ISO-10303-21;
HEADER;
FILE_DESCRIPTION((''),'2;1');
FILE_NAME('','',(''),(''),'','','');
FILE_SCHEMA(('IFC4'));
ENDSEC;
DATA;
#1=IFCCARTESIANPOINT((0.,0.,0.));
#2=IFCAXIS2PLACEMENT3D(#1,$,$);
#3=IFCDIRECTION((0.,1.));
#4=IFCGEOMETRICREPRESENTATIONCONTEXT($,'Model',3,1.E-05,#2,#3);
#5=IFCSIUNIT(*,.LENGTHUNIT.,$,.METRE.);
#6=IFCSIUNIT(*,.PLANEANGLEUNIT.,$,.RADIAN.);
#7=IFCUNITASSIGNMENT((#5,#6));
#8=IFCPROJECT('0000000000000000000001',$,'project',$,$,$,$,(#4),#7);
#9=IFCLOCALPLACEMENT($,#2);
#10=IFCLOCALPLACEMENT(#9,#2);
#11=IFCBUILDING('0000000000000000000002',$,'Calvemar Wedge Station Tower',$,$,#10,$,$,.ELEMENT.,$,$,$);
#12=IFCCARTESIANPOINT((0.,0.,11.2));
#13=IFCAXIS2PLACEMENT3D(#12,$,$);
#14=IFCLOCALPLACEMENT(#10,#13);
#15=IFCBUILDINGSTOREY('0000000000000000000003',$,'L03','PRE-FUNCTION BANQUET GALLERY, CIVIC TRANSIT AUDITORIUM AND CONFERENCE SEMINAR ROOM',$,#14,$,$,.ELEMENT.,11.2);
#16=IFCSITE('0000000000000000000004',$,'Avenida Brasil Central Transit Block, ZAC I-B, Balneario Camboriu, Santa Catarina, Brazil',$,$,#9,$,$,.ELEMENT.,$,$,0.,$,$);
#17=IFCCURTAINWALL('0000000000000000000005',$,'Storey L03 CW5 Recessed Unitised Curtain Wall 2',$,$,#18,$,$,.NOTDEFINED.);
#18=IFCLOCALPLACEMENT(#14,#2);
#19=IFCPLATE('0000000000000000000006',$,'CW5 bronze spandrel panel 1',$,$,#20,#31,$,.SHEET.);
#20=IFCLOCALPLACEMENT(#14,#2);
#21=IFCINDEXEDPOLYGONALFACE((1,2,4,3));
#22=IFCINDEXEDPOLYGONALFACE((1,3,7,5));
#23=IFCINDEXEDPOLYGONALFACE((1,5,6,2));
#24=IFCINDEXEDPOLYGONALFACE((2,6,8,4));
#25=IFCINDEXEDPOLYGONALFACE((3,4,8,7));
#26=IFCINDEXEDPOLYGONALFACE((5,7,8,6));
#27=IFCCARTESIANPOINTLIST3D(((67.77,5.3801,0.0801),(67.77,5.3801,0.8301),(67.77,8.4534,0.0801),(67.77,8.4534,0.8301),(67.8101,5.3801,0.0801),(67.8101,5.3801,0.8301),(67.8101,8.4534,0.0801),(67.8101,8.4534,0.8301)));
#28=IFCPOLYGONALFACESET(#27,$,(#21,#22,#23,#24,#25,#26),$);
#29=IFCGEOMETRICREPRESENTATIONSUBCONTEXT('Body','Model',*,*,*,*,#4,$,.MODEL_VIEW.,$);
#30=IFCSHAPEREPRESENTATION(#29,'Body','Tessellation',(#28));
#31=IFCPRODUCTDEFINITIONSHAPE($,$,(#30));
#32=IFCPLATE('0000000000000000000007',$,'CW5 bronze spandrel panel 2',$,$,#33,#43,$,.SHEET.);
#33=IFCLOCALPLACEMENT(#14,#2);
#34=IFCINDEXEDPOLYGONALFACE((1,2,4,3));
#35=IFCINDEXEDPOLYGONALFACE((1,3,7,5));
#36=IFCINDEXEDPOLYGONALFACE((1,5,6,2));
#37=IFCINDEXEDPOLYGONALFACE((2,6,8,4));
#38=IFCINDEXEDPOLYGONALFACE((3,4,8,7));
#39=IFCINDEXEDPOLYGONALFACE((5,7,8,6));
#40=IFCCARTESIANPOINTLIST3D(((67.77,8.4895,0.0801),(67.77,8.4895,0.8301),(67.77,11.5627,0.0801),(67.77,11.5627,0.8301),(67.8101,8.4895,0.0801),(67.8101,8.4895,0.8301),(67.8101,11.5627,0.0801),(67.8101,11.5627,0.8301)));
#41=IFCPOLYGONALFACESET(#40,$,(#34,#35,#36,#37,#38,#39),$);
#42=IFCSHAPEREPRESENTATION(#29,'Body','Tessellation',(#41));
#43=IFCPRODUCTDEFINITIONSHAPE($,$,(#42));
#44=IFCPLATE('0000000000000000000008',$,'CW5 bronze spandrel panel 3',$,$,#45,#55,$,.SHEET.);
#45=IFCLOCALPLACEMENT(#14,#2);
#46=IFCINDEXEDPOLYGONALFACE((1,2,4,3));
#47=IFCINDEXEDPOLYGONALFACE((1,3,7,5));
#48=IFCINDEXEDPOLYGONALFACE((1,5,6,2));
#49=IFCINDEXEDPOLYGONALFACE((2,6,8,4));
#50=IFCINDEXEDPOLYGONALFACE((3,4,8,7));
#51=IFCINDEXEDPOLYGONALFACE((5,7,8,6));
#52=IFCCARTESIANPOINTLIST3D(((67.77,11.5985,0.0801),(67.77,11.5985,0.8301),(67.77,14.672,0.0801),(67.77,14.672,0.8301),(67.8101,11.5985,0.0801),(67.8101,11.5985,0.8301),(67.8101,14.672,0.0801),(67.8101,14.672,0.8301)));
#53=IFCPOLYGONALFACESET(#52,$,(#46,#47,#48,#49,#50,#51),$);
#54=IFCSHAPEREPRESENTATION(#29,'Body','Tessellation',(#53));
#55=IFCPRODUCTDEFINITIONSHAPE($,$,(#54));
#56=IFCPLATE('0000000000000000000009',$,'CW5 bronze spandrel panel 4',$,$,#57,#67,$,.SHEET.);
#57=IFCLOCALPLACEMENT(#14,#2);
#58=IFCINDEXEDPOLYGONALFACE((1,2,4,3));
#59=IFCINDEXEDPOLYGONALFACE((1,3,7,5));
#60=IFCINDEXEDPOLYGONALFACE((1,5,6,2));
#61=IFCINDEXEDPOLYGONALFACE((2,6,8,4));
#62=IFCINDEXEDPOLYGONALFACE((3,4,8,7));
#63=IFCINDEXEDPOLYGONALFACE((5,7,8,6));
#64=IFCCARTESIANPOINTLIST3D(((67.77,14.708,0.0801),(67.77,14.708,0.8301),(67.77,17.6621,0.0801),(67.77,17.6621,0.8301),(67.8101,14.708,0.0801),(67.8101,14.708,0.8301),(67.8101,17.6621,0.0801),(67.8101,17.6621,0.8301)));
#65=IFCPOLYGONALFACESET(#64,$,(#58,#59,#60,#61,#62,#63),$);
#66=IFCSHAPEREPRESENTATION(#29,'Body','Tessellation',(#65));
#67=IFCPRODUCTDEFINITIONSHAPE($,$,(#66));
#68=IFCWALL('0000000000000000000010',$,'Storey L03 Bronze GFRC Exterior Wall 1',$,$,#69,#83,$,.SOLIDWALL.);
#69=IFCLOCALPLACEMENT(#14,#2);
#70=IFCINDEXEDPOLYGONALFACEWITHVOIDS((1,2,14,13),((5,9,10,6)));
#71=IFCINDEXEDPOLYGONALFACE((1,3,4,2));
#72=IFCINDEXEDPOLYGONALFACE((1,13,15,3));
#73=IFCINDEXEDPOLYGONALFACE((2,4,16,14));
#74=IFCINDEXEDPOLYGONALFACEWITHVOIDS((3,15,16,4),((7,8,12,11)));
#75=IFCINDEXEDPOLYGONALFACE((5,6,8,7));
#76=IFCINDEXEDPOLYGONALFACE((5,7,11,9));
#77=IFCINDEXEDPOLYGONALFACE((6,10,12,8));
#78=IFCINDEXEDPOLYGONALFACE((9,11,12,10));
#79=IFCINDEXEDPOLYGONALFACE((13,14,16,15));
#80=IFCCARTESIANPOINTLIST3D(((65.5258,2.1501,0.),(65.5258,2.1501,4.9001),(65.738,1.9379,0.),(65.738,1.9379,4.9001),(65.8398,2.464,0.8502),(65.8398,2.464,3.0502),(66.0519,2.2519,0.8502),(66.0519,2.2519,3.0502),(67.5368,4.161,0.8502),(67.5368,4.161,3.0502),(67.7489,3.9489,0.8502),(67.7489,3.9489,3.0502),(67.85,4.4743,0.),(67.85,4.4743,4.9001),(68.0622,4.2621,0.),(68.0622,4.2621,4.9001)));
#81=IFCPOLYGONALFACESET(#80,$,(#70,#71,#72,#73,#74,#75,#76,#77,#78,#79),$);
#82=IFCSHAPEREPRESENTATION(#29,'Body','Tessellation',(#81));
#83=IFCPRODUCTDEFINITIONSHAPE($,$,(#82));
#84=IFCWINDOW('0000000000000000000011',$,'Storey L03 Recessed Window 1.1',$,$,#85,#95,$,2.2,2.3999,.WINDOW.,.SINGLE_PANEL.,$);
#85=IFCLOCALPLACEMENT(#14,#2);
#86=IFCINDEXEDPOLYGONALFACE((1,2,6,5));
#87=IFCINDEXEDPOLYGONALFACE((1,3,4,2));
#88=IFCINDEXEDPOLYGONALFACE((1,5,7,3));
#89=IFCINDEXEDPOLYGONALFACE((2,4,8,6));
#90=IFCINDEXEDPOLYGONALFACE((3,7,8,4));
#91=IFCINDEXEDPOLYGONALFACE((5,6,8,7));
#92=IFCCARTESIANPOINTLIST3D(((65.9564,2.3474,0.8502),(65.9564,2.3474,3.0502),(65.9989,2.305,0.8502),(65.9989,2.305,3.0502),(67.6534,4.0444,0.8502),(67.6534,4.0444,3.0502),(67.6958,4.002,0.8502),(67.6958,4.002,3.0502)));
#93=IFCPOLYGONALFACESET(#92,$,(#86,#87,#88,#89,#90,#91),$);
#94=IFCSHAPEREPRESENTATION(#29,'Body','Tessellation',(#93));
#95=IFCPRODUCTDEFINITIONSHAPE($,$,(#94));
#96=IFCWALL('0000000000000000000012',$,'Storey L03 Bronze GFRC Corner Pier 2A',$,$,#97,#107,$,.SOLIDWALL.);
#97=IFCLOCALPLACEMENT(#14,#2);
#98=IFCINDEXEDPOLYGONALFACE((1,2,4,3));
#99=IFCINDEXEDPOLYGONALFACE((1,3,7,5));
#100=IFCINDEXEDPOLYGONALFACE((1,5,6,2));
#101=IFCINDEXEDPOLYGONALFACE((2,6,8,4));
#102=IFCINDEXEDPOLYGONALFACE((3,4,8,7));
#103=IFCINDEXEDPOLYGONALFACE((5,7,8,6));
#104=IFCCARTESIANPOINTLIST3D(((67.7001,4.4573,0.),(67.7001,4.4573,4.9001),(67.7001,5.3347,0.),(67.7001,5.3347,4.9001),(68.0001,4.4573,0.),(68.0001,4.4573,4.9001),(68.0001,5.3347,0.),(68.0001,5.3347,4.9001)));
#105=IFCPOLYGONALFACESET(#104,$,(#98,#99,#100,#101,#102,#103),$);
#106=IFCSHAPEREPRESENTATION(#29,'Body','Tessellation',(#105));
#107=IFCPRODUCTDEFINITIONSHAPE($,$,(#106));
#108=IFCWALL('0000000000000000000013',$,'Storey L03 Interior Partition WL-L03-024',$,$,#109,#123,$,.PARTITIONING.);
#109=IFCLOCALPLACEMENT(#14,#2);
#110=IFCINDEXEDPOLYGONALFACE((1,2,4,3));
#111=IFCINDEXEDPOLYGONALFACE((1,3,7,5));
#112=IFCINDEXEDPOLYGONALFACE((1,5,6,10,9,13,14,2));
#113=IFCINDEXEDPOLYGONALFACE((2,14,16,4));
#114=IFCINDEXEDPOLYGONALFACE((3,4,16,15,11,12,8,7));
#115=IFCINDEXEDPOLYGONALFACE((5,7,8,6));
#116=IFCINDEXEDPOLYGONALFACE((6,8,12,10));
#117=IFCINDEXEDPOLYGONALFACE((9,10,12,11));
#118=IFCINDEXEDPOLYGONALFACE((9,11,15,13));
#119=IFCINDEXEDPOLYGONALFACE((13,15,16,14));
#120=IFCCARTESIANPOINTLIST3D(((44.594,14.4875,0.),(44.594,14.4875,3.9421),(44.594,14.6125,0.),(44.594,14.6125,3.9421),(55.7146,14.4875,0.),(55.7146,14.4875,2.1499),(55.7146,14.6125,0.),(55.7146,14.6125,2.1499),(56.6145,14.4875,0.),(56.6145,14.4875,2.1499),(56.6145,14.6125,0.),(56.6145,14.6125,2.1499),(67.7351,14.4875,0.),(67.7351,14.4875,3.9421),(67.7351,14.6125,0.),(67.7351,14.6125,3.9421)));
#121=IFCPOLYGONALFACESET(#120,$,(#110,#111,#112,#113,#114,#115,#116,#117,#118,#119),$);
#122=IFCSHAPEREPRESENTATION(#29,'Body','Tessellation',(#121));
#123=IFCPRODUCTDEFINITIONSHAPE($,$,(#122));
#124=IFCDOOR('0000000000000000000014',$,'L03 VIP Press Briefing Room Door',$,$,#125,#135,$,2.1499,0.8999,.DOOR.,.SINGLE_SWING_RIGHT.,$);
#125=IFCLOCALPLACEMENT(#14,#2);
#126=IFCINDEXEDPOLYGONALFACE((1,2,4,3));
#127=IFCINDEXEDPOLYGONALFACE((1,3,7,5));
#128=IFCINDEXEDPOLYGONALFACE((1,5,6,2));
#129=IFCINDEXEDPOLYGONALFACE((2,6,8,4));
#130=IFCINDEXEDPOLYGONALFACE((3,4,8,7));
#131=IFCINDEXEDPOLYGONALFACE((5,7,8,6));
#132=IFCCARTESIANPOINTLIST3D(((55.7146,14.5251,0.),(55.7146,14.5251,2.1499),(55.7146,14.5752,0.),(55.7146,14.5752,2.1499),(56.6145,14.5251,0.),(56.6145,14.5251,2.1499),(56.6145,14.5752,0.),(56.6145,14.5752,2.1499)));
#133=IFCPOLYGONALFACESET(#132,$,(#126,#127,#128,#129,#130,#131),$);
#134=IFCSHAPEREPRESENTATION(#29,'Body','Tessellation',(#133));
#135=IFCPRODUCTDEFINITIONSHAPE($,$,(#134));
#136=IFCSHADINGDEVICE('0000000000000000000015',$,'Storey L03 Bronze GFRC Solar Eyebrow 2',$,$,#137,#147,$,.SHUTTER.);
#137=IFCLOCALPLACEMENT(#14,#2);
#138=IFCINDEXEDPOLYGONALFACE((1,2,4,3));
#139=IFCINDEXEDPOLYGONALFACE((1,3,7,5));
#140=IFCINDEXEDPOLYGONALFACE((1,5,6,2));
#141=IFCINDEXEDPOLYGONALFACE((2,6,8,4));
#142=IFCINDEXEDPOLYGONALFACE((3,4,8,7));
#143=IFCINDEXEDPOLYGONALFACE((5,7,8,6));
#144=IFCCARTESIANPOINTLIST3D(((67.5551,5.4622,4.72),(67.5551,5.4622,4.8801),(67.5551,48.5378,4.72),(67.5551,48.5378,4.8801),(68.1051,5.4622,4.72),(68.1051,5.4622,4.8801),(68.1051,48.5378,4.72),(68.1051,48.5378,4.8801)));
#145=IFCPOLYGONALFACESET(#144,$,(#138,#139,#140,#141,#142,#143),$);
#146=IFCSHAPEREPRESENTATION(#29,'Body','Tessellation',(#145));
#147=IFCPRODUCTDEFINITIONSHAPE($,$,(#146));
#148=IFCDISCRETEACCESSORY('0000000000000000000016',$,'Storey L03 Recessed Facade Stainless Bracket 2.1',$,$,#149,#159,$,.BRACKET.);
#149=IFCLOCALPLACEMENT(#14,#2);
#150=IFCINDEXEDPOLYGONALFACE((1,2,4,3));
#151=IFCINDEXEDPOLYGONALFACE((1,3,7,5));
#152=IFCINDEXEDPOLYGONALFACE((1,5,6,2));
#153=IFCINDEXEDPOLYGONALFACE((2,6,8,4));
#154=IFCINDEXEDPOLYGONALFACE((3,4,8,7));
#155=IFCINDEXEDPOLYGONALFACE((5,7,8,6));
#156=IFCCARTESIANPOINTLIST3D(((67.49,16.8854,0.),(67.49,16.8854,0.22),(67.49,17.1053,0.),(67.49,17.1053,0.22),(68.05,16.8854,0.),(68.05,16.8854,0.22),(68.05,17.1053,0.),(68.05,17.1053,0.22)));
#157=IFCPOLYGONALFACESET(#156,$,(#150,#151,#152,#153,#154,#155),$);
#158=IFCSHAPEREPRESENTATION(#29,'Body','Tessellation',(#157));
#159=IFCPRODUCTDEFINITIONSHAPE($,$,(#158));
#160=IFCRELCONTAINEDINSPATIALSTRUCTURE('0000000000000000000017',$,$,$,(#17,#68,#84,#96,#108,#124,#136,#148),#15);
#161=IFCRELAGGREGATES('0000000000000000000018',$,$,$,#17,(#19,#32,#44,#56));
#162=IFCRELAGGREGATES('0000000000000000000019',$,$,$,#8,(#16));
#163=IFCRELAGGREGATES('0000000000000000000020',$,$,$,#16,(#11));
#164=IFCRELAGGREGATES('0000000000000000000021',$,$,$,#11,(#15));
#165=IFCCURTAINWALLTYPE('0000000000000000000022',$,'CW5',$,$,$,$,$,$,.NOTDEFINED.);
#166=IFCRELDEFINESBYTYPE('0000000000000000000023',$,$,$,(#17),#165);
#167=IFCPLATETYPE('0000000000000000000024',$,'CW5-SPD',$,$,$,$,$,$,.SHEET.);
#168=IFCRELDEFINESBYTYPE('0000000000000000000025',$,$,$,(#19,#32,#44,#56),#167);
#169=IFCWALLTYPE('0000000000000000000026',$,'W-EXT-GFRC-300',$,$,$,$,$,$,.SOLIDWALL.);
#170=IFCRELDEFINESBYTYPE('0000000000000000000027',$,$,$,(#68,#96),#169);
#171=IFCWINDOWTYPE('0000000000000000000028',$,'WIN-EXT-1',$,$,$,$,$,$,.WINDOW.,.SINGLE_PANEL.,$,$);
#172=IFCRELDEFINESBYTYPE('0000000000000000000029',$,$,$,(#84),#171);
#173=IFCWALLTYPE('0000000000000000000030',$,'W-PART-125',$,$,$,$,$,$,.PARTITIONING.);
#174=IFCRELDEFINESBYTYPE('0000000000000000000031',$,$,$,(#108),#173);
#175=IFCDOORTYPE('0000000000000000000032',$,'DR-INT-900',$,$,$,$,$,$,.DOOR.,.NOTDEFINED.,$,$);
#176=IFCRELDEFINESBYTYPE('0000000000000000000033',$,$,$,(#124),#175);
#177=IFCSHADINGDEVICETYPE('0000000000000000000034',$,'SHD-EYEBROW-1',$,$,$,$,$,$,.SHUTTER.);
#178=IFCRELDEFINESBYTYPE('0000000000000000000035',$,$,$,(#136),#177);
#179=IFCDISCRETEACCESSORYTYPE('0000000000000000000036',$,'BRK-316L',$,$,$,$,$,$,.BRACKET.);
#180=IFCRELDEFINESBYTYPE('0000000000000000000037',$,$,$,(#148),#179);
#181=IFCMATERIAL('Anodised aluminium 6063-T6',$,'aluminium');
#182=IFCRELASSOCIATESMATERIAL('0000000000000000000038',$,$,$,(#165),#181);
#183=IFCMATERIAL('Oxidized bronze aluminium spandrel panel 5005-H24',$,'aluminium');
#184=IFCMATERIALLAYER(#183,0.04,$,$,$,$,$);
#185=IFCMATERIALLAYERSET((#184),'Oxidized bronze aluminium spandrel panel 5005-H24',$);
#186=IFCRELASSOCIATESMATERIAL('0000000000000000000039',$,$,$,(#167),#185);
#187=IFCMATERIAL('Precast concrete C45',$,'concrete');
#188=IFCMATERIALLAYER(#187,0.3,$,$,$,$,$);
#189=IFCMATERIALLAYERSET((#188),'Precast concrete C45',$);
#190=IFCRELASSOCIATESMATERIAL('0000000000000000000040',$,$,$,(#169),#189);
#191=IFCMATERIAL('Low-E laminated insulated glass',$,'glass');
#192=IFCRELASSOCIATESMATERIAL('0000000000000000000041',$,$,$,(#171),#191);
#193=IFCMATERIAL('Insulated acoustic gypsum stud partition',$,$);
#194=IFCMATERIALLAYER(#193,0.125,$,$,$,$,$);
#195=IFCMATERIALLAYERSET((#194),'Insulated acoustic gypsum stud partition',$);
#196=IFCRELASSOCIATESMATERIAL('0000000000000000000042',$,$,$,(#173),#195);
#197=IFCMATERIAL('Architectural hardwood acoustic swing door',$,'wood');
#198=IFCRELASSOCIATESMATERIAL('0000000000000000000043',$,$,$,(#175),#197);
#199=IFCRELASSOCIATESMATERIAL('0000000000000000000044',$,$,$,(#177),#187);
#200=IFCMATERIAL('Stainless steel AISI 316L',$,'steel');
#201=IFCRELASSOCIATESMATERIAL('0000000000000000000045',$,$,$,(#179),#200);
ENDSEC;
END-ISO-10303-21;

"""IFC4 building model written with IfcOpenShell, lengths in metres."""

from ifc_helpers import new_model, si_unit, direction, frame, frame_2d, origin, origin_2d, place, context, subcontext, project, spatial, rectangle, extrude, source, transform, mapped, material, layer, layer_set, type_object, element, fill, aggregate, save


model = new_model("IFC4")

# Units and contexts
model_context = context("Model", 3, precision=1e-05, world=origin(), true_north=direction((0.0, 1.0)))
body_context = subcontext(model_context, "Body", "Model", "MODEL_VIEW")
ifc_project = project(units=[si_unit("LENGTHUNIT", "METRE"), si_unit("PLANEANGLEUNIT", "RADIAN")], contexts=[model_context])

# Site, building, storey
site_placement = place(None, origin())
site = spatial("IfcSite", under=ifc_project, at=site_placement, Name="Avenida Brasil Central Transit Block, ZAC I-B, Balneario Camboriu, Santa Catarina, Brazil", CompositionType="ELEMENT", RefElevation=0.0)
building_placement = place(site_placement, origin())
building = spatial("IfcBuilding", under=site, at=building_placement, Name="Calvemar Wedge Station Tower", CompositionType="ELEMENT")
storey_placement = place(building_placement, frame((0.0, 0.0, 11.2)))
storey = spatial("IfcBuildingStorey", under=building, at=storey_placement, Name="L03", Description="PRE-FUNCTION BANQUET GALLERY, CIVIC TRANSIT AUDITORIUM AND CONFERENCE SEMINAR ROOM", CompositionType="ELEMENT", Elevation=11.2)

# Curtain wall, plates
ifc_material_1 = material(Name="Anodised aluminium 6063-T6", Category="aluminium")
curtain_wall_type = type_object("IfcCurtainWallType", Name="CW5", PredefinedType="NOTDEFINED", material=ifc_material_1)
curtain_wall_placement = place(storey_placement, origin())
curtain_wall = element("IfcCurtainWall", 1, at=curtain_wall_placement, inside=storey, type_object=curtain_wall_type, Name="Storey L03 CW5 Recessed Unitised Curtain Wall 2", PredefinedType="NOTDEFINED")
ifc_material_2 = material(Name="Low-E laminated insulated glass", Category="glass")
ifc_material_3 = material(Name="Oxidized bronze aluminium spandrel panel 5005-H24", Category="aluminium")
ifc_layer_1 = layer(ifc_material_3, 0.04)
ifc_layer_set_1 = layer_set([ifc_layer_1], Name="Oxidized bronze aluminium spandrel panel 5005-H24")
plate_type_1 = type_object("IfcPlateType", Name="CW5-SPD", PredefinedType="SHEET", material=ifc_layer_set_1)
plate_1_placement = place(storey_placement, frame((67.79, 5.3801, 0.0801), z_axis=(0.0, 0.0, 1.0), x_axis=(0.0, 1.0, 0.0)))
plate_1 = element("IfcPlate", 2, at=plate_1_placement, type_object=plate_type_1, Name="CW5 bronze spandrel panel 1", PredefinedType="SHEET", context=body_context, shape_type="SweptSolid", body=[
    extrude(rectangle(XDim=3.0732, YDim=0.04, at=frame_2d((1.5366, 0.0))), origin(), (0.0, 0.0, 1.0), 0.75),
])
plate_2_placement = place(storey_placement, frame((67.79, 8.4895, 0.0801), z_axis=(0.0, 0.0, 1.0), x_axis=(0.0, 1.0, 0.0)))
plate_2 = element("IfcPlate", 3, at=plate_2_placement, type_object=plate_type_1, Name="CW5 bronze spandrel panel 2", PredefinedType="SHEET", context=body_context, shape_type="SweptSolid", body=[
    extrude(rectangle(XDim=3.0732, YDim=0.04, at=frame_2d((1.5366, 0.0))), origin(), (0.0, 0.0, 1.0), 0.75),
])
plate_3_placement = place(storey_placement, frame((67.79, 11.5986, 0.0801), z_axis=(0.0, 0.0, 1.0), x_axis=(0.0, 1.0, 0.0)))
plate_3 = element("IfcPlate", 4, at=plate_3_placement, type_object=plate_type_1, Name="CW5 bronze spandrel panel 3", PredefinedType="SHEET", context=body_context, shape_type="SweptSolid", body=[
    extrude(rectangle(XDim=3.0735, YDim=0.04, at=frame_2d((1.5366, 0.0))), origin(), (0.0, 0.0, 1.0), 0.75),
])
plate_4_placement = place(storey_placement, frame((67.79, 14.708, 0.0801), z_axis=(0.0, 0.0, 1.0), x_axis=(0.0, 1.0, 0.0)))
plate_4 = element("IfcPlate", 5, at=plate_4_placement, type_object=plate_type_1, Name="CW5 bronze spandrel panel 4", PredefinedType="SHEET", context=body_context, shape_type="SweptSolid", body=[
    extrude(rectangle(XDim=2.9541, YDim=0.04, at=frame_2d((1.4771, 0.0))), origin(), (0.0, 0.0, 1.0), 0.75),
])
aggregate(curtain_wall, [plate_1, plate_2, plate_3, plate_4])

# Wall, opening, window
ifc_material_4 = material(Name="Precast concrete C45", Category="concrete")
ifc_layer_2 = layer(ifc_material_4, 0.3)
ifc_layer_set_2 = layer_set([ifc_layer_2], Name="Precast concrete C45")
wall_type_1 = type_object("IfcWallType", Name="W-EXT-GFRC-300", PredefinedType="SOLIDWALL", material=ifc_layer_set_2)
wall_1_placement = place(storey_placement, frame((65.6318, 2.0439, 0.0), z_axis=(0.0, 0.0, 1.0), x_axis=(0.707107, 0.707107, 0.0)))
wall_1 = element("IfcWall", 6, at=wall_1_placement, inside=storey, type_object=wall_type_1, Name="Storey L03 Bronze GFRC Exterior Wall 1", PredefinedType="SOLIDWALL", context=body_context, shape_type="SweptSolid", body=[
    extrude(rectangle(XDim=3.2869, YDim=0.3, at=frame_2d((1.6436, 0.0))), origin(), (0.0, 0.0, 1.0), 4.9001),
])
shared_shape_1 = source(origin(), body_context, "Body", "SweptSolid", [
    extrude(rectangle(XDim=2.3999, YDim=2.2, at=frame_2d((1.2, 1.1001))), frame((0.0, 0.1602, 0.0), z_axis=(0.0, -1.0, 0.0), x_axis=(1.0, 0.0, 0.0)), (0.0, 0.0, 1.0), 0.3201),
])
opening_1_placement = place(wall_1_placement, frame((0.4441, 0.0, 0.8501)))
opening_1 = element("IfcOpeningElement", 7, at=opening_1_placement, cuts=wall_1, PredefinedType="OPENING", context=body_context, shape_type="MappedRepresentation", body=[
    mapped(shared_shape_1, transform((0.0, 0.0, 0.0), scale=1.0)),
])
window_type = type_object("IfcWindowType", Name="WIN-EXT-1", PartitioningType="SINGLE_PANEL", PredefinedType="WINDOW", material=ifc_material_2)
shared_shape_2 = source(origin(), body_context, "Body", "SweptSolid", [
    extrude(rectangle(XDim=2.3999, YDim=2.2, at=frame_2d((1.2, 1.1001))), frame((0.0, -0.0149, 0.0), z_axis=(0.0, -1.0, 0.0), x_axis=(1.0, 0.0, 0.0)), (0.0, 0.0, 1.0), 0.0601),
])
window_placement = place(opening_1_placement, origin())
window = element("IfcWindow", 8, at=window_placement, inside=storey, type_object=window_type, Name="Storey L03 Recessed Window 1.1", OverallHeight=2.2, OverallWidth=2.3999, PartitioningType="SINGLE_PANEL", PredefinedType="WINDOW", context=body_context, shape_type="MappedRepresentation", body=[
    mapped(shared_shape_2, transform((0.0, 0.0, 0.0), scale=1.0)),
])
fill(opening_1, window)

# Wall
wall_2_placement = place(storey_placement, frame((67.8501, 4.4573, 0.0), z_axis=(0.0, 0.0, 1.0), x_axis=(0.0, 1.0, 0.0)))
element("IfcWall", 9, at=wall_2_placement, inside=storey, type_object=wall_type_1, Name="Storey L03 Bronze GFRC Corner Pier 2A", PredefinedType="SOLIDWALL", context=body_context, shape_type="SweptSolid", body=[
    extrude(rectangle(XDim=0.8774, YDim=0.3, at=frame_2d((0.4387, 0.0))), origin(), (0.0, 0.0, 1.0), 4.9001),
])

# Wall, opening, door
ifc_material_5 = material(Name="Insulated acoustic gypsum stud partition")
ifc_layer_3 = layer(ifc_material_5, 0.125)
ifc_layer_set_3 = layer_set([ifc_layer_3], Name="Insulated acoustic gypsum stud partition")
wall_type_2 = type_object("IfcWallType", Name="W-PART-125", PredefinedType="PARTITIONING", material=ifc_layer_set_3)
wall_3_placement = place(storey_placement, frame((67.7351, 14.55, 0.0), z_axis=(0.0, 0.0, 1.0), x_axis=(-1.0, 0.0, 0.0)))
wall_3 = element("IfcWall", 10, at=wall_3_placement, inside=storey, type_object=wall_type_2, Name="Storey L03 Interior Partition WL-L03-024", PredefinedType="PARTITIONING", context=body_context, shape_type="SweptSolid", body=[
    extrude(rectangle(XDim=23.1411, YDim=0.125, at=frame_2d((11.5706, 0.0))), origin(), (0.0, 0.0, 1.0), 3.9421),
])
shared_shape_3 = source(origin(), body_context, "Body", "SweptSolid", [
    extrude(rectangle(XDim=0.8999, YDim=2.1499, at=frame_2d((0.45, 1.075))), frame((0.0, 0.0725, 0.0), z_axis=(0.0, -1.0, 0.0), x_axis=(1.0, 0.0, 0.0)), (0.0, 0.0, 1.0), 0.145),
])
opening_2_placement = place(wall_3_placement, frame((11.1206, 0.0, 0.0)))
opening_2 = element("IfcOpeningElement", 11, at=opening_2_placement, cuts=wall_3, PredefinedType="OPENING", context=body_context, shape_type="MappedRepresentation", body=[
    mapped(shared_shape_3, transform((0.0, 0.0, 0.0), scale=1.0)),
])
ifc_material_6 = material(Name="Architectural hardwood acoustic swing door", Category="wood")
door_type = type_object("IfcDoorType", Name="DR-INT-900", OperationType="NOTDEFINED", PredefinedType="DOOR", material=ifc_material_6)
shared_shape_4 = source(origin(), body_context, "Body", "SweptSolid", [
    extrude(rectangle(XDim=0.8999, YDim=2.1499, at=frame_2d((0.45, 1.075))), frame((0.0, 0.0249, 0.0), z_axis=(0.0, -1.0, 0.0), x_axis=(1.0, 0.0, 0.0)), (0.0, 0.0, 1.0), 0.05),
])
door_placement = place(opening_2_placement, origin())
door = element("IfcDoor", 12, at=door_placement, inside=storey, type_object=door_type, Name="L03 VIP Press Briefing Room Door", OperationType="SINGLE_SWING_RIGHT", OverallHeight=2.1499, OverallWidth=0.8999, PredefinedType="DOOR", context=body_context, shape_type="MappedRepresentation", body=[
    mapped(shared_shape_4, transform((0.0, 0.0, 0.0), scale=1.0)),
])
fill(opening_2, door)

# Shading device
shading_device_type = type_object("IfcShadingDeviceType", Name="SHD-EYEBROW-1", PredefinedType="SHUTTER", material=ifc_material_4)
shading_device_placement = place(storey_placement, frame((67.8301, 5.4622, 4.72), z_axis=(0.0, 0.0, 1.0), x_axis=(0.0, 1.0, 0.0)))
element("IfcShadingDevice", 13, at=shading_device_placement, inside=storey, type_object=shading_device_type, Name="Storey L03 Bronze GFRC Solar Eyebrow 2", PredefinedType="SHUTTER", context=body_context, shape_type="SweptSolid", body=[
    extrude(rectangle(XDim=43.0757, YDim=0.55, at=frame_2d((21.5378, 0.0))), origin(), (0.0, 0.0, 1.0), 0.1602),
])

# Discrete accessory
ifc_material_7 = material(Name="Stainless steel AISI 316L", Category="steel")
discrete_accessory_type = type_object("IfcDiscreteAccessoryType", Name="BRK-316L", PredefinedType="BRACKET", material=ifc_material_7)
shared_shape_5 = source(origin(), body_context, "Body", "SweptSolid", [
    extrude(rectangle(XDim=0.22, YDim=0.5601, at=origin_2d()), origin(), (0.0, 0.0, 1.0), 0.22),
])
discrete_accessory_placement = place(storey_placement, frame((67.77, 16.9954, 0.0), z_axis=(0.0, 0.0, 1.0), x_axis=(0.0, 1.0, 0.0)))
element("IfcDiscreteAccessory", 14, at=discrete_accessory_placement, inside=storey, type_object=discrete_accessory_type, Name="Storey L03 Recessed Facade Stainless Bracket 2.1", PredefinedType="BRACKET", context=body_context, shape_type="MappedRepresentation", body=[
    mapped(shared_shape_5, transform((0.0, 0.0, 0.0), scale=1.0)),
])

save(model, "model.ifc")
